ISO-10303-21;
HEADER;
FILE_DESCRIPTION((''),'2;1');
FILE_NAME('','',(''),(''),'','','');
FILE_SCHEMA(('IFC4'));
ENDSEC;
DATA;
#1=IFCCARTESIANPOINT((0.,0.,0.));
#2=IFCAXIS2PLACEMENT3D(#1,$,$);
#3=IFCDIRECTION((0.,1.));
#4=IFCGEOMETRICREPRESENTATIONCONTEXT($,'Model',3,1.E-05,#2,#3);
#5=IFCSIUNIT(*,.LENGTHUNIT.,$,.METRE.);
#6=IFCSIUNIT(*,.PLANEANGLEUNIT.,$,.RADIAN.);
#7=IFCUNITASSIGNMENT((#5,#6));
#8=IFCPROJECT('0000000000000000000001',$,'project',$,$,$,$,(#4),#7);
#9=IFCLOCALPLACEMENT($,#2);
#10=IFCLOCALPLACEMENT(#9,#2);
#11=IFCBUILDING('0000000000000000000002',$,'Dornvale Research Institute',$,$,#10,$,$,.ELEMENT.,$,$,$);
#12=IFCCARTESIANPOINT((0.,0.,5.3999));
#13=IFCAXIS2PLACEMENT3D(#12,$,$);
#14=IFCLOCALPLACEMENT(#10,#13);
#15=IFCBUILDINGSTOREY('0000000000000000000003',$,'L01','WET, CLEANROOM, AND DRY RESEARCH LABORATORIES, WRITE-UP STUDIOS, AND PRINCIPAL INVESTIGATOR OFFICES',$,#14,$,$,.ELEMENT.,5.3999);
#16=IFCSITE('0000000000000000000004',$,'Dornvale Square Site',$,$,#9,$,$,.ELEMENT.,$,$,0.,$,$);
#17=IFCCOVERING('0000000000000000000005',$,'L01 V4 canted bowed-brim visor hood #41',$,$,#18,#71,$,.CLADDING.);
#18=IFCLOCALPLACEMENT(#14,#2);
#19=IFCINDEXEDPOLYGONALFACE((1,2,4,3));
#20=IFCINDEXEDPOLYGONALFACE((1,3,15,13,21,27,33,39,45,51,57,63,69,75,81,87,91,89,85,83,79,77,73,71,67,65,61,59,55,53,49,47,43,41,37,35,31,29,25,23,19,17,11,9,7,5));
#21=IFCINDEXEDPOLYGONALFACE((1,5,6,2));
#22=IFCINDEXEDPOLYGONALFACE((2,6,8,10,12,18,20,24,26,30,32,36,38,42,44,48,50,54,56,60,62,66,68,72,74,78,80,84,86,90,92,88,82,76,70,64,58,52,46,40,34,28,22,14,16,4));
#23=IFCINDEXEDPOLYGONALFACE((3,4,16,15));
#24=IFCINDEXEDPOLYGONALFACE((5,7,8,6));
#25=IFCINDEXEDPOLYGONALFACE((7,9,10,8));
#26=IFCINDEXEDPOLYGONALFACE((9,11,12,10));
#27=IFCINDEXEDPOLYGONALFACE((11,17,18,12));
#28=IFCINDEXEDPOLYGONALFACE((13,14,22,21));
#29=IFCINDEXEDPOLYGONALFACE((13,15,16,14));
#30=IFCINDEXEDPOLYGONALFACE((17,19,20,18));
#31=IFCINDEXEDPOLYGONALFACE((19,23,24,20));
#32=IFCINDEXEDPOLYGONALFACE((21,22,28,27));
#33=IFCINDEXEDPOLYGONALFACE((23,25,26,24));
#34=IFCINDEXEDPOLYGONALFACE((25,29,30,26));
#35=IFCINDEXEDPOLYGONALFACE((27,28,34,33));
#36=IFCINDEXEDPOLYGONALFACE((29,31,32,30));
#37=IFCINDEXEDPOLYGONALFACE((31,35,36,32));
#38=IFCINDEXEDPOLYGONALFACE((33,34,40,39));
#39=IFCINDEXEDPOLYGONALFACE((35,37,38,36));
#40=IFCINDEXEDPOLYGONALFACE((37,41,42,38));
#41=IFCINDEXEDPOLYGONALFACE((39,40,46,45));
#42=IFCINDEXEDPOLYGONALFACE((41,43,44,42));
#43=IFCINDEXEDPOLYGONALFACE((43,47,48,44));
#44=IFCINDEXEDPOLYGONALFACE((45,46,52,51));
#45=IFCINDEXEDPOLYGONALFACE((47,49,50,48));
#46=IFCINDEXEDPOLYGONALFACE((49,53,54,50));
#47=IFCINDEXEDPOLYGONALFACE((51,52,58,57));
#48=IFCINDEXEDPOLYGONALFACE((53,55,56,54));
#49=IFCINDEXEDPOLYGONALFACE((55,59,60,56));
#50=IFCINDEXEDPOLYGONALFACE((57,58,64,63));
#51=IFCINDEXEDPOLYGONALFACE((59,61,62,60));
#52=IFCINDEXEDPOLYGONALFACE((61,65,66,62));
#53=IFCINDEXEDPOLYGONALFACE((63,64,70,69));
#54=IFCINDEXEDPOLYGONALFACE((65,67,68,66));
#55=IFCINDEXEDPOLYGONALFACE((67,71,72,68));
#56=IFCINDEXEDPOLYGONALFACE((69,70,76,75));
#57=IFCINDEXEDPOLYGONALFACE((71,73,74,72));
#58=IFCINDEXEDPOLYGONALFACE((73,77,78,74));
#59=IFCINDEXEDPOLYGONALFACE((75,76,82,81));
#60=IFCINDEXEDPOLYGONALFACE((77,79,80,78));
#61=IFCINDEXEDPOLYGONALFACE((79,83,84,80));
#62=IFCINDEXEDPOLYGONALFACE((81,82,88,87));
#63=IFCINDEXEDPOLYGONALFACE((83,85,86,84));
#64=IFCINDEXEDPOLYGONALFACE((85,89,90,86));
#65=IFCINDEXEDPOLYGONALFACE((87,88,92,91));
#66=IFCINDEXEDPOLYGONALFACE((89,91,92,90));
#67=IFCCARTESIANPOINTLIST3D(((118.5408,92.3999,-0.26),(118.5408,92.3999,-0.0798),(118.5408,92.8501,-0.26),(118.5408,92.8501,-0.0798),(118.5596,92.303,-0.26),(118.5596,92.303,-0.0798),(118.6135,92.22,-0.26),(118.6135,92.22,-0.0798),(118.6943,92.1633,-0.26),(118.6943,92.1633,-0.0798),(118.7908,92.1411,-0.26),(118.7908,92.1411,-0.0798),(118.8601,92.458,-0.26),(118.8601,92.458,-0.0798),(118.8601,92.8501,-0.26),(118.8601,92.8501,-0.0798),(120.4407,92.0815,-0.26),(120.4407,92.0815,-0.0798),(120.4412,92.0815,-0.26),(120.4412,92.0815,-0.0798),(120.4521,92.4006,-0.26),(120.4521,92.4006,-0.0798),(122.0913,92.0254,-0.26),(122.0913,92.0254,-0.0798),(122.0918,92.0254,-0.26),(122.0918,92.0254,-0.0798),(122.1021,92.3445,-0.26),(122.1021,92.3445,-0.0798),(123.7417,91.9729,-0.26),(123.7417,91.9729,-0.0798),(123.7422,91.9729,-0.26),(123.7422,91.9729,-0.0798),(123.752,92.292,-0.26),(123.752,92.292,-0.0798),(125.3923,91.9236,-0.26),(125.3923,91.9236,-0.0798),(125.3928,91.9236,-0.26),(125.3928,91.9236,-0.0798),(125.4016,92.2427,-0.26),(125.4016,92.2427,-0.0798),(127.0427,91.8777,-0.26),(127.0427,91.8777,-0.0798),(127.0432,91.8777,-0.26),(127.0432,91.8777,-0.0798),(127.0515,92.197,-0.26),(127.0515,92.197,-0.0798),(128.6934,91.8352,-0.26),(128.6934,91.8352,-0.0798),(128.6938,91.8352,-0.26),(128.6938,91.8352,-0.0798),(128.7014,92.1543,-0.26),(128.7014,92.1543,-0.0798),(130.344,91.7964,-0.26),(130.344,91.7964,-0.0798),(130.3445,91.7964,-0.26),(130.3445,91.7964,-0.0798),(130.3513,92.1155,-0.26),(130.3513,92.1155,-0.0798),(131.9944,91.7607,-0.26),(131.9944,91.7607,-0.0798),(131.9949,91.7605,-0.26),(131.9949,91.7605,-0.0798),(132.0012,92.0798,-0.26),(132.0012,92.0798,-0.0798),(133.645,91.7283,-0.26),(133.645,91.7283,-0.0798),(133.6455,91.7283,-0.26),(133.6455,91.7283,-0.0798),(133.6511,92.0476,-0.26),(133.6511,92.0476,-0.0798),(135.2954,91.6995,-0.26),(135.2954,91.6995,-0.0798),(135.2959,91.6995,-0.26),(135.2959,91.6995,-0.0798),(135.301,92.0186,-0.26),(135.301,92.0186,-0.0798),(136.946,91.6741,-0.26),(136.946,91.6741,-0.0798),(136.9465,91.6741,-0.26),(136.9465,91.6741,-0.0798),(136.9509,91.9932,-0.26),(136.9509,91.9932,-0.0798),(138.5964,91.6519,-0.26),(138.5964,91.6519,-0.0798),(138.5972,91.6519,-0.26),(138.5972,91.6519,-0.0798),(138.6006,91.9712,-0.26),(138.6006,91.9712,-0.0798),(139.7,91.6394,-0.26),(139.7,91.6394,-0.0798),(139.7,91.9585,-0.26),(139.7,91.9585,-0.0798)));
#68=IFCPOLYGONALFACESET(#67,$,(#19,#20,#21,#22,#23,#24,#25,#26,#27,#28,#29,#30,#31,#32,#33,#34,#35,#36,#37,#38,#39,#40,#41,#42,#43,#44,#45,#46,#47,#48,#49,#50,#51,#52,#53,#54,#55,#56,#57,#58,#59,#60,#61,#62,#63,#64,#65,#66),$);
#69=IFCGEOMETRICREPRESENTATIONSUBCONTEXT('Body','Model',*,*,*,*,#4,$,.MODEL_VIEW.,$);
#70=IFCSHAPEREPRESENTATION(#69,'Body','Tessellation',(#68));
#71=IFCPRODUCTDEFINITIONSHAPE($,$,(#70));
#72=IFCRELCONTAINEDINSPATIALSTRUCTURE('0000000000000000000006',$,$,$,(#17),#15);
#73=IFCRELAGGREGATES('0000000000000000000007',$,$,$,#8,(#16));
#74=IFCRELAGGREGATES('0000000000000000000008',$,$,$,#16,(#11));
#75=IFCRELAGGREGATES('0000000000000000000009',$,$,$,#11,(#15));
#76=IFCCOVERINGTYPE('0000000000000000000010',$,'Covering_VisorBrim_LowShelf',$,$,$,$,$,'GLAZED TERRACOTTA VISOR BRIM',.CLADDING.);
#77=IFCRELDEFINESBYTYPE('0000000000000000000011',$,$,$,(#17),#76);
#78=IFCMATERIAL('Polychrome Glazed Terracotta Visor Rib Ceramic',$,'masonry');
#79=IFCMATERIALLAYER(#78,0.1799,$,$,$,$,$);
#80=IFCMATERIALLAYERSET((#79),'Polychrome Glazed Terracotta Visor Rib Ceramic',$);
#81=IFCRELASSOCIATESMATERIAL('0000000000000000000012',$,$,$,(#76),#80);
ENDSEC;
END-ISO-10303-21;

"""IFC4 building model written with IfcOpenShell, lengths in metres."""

from ifc_helpers import new_model, si_unit, direction, frame, origin, place, context, subcontext, project, spatial, polyline, outline, extrude, material, layer, layer_set, type_object, element, save


model = new_model("IFC4")

# Units and contexts
model_context = context("Model", 3, precision=1e-05, world=origin(), true_north=direction((0.0, 1.0)))
body_context = subcontext(model_context, "Body", "Model", "MODEL_VIEW")
ifc_project = project(units=[si_unit("LENGTHUNIT", "METRE"), si_unit("PLANEANGLEUNIT", "RADIAN")], contexts=[model_context])

# Site, building, storey
site_placement = place(None, origin())
site = spatial("IfcSite", under=ifc_project, at=site_placement, Name="Dornvale Square Site", CompositionType="ELEMENT", RefElevation=0.0)
building_placement = place(site_placement, origin())
building = spatial("IfcBuilding", under=site, at=building_placement, Name="Dornvale Research Institute", CompositionType="ELEMENT")
storey_placement = place(building_placement, frame((0.0, 0.0, 5.3999)))
storey = spatial("IfcBuildingStorey", under=building, at=storey_placement, Name="L01", Description="WET, CLEANROOM, AND DRY RESEARCH LABORATORIES, WRITE-UP STUDIOS, AND PRINCIPAL INVESTIGATOR OFFICES", CompositionType="ELEMENT", Elevation=5.3999)

# Covering
ifc_material_1 = material(Name="Polychrome Glazed Terracotta Visor Rib Ceramic", Category="masonry")
ifc_layer_1 = layer(ifc_material_1, 0.1799)
ifc_layer_set_1 = layer_set([ifc_layer_1], Name="Polychrome Glazed Terracotta Visor Rib Ceramic")
covering_type_1 = type_object("IfcCoveringType", Name="Covering_VisorBrim_LowShelf", ElementType="GLAZED TERRACOTTA VISOR BRIM", PredefinedType="CLADDING", material=ifc_layer_set_1)
covering_1_placement = place(storey_placement, frame((0.0, 0.0, -0.26)))
element("IfcCovering", 1, at=covering_1_placement, inside=storey, type_object=covering_type_1, Name="L01 V4 canted bowed-brim visor hood #41", PredefinedType="CLADDING", context=body_context, shape_type="SweptSolid", body=[
    extrude(outline(polyline([(138.5964, 91.6519), (136.9465, 91.6741), (136.946, 91.6741), (135.2959, 91.6995), (135.2954, 91.6995), (133.6455, 91.7283), (133.645, 91.7283), (131.9949, 91.7605), (131.9944, 91.7607), (130.3445, 91.7964), (130.344, 91.7964), (128.6938, 91.8352), (128.6934, 91.8352), (127.0432, 91.8777), (127.0427, 91.8777), (125.3928, 91.9236), (125.3923, 91.9236), (123.7422, 91.9729), (123.7417, 91.9729), (122.0918, 92.0254), (122.0913, 92.0254), (120.4412, 92.0815), (120.4407, 92.0815), (118.7908, 92.1411), (118.6943, 92.1633), (118.6135, 92.22), (118.5596, 92.303), (118.5408, 92.3999), (118.5408, 92.8501), (118.8601, 92.8501), (118.8601, 92.458), (120.4521, 92.4006), (122.1021, 92.3445), (123.752, 92.292), (125.4016, 92.2427), (127.0515, 92.197), (128.7014, 92.1543), (130.3513, 92.1155), (132.0012, 92.0798), (133.6511, 92.0476), (135.301, 92.0186), (136.9509, 91.9932), (138.6006, 91.9712), (139.7, 91.9585), (139.7, 91.6394), (138.5972, 91.6519), (138.5964, 91.6519)])), origin(), (0.0, 0.0, 1.0), 0.1802),
])

save(model, "model.ifc")
